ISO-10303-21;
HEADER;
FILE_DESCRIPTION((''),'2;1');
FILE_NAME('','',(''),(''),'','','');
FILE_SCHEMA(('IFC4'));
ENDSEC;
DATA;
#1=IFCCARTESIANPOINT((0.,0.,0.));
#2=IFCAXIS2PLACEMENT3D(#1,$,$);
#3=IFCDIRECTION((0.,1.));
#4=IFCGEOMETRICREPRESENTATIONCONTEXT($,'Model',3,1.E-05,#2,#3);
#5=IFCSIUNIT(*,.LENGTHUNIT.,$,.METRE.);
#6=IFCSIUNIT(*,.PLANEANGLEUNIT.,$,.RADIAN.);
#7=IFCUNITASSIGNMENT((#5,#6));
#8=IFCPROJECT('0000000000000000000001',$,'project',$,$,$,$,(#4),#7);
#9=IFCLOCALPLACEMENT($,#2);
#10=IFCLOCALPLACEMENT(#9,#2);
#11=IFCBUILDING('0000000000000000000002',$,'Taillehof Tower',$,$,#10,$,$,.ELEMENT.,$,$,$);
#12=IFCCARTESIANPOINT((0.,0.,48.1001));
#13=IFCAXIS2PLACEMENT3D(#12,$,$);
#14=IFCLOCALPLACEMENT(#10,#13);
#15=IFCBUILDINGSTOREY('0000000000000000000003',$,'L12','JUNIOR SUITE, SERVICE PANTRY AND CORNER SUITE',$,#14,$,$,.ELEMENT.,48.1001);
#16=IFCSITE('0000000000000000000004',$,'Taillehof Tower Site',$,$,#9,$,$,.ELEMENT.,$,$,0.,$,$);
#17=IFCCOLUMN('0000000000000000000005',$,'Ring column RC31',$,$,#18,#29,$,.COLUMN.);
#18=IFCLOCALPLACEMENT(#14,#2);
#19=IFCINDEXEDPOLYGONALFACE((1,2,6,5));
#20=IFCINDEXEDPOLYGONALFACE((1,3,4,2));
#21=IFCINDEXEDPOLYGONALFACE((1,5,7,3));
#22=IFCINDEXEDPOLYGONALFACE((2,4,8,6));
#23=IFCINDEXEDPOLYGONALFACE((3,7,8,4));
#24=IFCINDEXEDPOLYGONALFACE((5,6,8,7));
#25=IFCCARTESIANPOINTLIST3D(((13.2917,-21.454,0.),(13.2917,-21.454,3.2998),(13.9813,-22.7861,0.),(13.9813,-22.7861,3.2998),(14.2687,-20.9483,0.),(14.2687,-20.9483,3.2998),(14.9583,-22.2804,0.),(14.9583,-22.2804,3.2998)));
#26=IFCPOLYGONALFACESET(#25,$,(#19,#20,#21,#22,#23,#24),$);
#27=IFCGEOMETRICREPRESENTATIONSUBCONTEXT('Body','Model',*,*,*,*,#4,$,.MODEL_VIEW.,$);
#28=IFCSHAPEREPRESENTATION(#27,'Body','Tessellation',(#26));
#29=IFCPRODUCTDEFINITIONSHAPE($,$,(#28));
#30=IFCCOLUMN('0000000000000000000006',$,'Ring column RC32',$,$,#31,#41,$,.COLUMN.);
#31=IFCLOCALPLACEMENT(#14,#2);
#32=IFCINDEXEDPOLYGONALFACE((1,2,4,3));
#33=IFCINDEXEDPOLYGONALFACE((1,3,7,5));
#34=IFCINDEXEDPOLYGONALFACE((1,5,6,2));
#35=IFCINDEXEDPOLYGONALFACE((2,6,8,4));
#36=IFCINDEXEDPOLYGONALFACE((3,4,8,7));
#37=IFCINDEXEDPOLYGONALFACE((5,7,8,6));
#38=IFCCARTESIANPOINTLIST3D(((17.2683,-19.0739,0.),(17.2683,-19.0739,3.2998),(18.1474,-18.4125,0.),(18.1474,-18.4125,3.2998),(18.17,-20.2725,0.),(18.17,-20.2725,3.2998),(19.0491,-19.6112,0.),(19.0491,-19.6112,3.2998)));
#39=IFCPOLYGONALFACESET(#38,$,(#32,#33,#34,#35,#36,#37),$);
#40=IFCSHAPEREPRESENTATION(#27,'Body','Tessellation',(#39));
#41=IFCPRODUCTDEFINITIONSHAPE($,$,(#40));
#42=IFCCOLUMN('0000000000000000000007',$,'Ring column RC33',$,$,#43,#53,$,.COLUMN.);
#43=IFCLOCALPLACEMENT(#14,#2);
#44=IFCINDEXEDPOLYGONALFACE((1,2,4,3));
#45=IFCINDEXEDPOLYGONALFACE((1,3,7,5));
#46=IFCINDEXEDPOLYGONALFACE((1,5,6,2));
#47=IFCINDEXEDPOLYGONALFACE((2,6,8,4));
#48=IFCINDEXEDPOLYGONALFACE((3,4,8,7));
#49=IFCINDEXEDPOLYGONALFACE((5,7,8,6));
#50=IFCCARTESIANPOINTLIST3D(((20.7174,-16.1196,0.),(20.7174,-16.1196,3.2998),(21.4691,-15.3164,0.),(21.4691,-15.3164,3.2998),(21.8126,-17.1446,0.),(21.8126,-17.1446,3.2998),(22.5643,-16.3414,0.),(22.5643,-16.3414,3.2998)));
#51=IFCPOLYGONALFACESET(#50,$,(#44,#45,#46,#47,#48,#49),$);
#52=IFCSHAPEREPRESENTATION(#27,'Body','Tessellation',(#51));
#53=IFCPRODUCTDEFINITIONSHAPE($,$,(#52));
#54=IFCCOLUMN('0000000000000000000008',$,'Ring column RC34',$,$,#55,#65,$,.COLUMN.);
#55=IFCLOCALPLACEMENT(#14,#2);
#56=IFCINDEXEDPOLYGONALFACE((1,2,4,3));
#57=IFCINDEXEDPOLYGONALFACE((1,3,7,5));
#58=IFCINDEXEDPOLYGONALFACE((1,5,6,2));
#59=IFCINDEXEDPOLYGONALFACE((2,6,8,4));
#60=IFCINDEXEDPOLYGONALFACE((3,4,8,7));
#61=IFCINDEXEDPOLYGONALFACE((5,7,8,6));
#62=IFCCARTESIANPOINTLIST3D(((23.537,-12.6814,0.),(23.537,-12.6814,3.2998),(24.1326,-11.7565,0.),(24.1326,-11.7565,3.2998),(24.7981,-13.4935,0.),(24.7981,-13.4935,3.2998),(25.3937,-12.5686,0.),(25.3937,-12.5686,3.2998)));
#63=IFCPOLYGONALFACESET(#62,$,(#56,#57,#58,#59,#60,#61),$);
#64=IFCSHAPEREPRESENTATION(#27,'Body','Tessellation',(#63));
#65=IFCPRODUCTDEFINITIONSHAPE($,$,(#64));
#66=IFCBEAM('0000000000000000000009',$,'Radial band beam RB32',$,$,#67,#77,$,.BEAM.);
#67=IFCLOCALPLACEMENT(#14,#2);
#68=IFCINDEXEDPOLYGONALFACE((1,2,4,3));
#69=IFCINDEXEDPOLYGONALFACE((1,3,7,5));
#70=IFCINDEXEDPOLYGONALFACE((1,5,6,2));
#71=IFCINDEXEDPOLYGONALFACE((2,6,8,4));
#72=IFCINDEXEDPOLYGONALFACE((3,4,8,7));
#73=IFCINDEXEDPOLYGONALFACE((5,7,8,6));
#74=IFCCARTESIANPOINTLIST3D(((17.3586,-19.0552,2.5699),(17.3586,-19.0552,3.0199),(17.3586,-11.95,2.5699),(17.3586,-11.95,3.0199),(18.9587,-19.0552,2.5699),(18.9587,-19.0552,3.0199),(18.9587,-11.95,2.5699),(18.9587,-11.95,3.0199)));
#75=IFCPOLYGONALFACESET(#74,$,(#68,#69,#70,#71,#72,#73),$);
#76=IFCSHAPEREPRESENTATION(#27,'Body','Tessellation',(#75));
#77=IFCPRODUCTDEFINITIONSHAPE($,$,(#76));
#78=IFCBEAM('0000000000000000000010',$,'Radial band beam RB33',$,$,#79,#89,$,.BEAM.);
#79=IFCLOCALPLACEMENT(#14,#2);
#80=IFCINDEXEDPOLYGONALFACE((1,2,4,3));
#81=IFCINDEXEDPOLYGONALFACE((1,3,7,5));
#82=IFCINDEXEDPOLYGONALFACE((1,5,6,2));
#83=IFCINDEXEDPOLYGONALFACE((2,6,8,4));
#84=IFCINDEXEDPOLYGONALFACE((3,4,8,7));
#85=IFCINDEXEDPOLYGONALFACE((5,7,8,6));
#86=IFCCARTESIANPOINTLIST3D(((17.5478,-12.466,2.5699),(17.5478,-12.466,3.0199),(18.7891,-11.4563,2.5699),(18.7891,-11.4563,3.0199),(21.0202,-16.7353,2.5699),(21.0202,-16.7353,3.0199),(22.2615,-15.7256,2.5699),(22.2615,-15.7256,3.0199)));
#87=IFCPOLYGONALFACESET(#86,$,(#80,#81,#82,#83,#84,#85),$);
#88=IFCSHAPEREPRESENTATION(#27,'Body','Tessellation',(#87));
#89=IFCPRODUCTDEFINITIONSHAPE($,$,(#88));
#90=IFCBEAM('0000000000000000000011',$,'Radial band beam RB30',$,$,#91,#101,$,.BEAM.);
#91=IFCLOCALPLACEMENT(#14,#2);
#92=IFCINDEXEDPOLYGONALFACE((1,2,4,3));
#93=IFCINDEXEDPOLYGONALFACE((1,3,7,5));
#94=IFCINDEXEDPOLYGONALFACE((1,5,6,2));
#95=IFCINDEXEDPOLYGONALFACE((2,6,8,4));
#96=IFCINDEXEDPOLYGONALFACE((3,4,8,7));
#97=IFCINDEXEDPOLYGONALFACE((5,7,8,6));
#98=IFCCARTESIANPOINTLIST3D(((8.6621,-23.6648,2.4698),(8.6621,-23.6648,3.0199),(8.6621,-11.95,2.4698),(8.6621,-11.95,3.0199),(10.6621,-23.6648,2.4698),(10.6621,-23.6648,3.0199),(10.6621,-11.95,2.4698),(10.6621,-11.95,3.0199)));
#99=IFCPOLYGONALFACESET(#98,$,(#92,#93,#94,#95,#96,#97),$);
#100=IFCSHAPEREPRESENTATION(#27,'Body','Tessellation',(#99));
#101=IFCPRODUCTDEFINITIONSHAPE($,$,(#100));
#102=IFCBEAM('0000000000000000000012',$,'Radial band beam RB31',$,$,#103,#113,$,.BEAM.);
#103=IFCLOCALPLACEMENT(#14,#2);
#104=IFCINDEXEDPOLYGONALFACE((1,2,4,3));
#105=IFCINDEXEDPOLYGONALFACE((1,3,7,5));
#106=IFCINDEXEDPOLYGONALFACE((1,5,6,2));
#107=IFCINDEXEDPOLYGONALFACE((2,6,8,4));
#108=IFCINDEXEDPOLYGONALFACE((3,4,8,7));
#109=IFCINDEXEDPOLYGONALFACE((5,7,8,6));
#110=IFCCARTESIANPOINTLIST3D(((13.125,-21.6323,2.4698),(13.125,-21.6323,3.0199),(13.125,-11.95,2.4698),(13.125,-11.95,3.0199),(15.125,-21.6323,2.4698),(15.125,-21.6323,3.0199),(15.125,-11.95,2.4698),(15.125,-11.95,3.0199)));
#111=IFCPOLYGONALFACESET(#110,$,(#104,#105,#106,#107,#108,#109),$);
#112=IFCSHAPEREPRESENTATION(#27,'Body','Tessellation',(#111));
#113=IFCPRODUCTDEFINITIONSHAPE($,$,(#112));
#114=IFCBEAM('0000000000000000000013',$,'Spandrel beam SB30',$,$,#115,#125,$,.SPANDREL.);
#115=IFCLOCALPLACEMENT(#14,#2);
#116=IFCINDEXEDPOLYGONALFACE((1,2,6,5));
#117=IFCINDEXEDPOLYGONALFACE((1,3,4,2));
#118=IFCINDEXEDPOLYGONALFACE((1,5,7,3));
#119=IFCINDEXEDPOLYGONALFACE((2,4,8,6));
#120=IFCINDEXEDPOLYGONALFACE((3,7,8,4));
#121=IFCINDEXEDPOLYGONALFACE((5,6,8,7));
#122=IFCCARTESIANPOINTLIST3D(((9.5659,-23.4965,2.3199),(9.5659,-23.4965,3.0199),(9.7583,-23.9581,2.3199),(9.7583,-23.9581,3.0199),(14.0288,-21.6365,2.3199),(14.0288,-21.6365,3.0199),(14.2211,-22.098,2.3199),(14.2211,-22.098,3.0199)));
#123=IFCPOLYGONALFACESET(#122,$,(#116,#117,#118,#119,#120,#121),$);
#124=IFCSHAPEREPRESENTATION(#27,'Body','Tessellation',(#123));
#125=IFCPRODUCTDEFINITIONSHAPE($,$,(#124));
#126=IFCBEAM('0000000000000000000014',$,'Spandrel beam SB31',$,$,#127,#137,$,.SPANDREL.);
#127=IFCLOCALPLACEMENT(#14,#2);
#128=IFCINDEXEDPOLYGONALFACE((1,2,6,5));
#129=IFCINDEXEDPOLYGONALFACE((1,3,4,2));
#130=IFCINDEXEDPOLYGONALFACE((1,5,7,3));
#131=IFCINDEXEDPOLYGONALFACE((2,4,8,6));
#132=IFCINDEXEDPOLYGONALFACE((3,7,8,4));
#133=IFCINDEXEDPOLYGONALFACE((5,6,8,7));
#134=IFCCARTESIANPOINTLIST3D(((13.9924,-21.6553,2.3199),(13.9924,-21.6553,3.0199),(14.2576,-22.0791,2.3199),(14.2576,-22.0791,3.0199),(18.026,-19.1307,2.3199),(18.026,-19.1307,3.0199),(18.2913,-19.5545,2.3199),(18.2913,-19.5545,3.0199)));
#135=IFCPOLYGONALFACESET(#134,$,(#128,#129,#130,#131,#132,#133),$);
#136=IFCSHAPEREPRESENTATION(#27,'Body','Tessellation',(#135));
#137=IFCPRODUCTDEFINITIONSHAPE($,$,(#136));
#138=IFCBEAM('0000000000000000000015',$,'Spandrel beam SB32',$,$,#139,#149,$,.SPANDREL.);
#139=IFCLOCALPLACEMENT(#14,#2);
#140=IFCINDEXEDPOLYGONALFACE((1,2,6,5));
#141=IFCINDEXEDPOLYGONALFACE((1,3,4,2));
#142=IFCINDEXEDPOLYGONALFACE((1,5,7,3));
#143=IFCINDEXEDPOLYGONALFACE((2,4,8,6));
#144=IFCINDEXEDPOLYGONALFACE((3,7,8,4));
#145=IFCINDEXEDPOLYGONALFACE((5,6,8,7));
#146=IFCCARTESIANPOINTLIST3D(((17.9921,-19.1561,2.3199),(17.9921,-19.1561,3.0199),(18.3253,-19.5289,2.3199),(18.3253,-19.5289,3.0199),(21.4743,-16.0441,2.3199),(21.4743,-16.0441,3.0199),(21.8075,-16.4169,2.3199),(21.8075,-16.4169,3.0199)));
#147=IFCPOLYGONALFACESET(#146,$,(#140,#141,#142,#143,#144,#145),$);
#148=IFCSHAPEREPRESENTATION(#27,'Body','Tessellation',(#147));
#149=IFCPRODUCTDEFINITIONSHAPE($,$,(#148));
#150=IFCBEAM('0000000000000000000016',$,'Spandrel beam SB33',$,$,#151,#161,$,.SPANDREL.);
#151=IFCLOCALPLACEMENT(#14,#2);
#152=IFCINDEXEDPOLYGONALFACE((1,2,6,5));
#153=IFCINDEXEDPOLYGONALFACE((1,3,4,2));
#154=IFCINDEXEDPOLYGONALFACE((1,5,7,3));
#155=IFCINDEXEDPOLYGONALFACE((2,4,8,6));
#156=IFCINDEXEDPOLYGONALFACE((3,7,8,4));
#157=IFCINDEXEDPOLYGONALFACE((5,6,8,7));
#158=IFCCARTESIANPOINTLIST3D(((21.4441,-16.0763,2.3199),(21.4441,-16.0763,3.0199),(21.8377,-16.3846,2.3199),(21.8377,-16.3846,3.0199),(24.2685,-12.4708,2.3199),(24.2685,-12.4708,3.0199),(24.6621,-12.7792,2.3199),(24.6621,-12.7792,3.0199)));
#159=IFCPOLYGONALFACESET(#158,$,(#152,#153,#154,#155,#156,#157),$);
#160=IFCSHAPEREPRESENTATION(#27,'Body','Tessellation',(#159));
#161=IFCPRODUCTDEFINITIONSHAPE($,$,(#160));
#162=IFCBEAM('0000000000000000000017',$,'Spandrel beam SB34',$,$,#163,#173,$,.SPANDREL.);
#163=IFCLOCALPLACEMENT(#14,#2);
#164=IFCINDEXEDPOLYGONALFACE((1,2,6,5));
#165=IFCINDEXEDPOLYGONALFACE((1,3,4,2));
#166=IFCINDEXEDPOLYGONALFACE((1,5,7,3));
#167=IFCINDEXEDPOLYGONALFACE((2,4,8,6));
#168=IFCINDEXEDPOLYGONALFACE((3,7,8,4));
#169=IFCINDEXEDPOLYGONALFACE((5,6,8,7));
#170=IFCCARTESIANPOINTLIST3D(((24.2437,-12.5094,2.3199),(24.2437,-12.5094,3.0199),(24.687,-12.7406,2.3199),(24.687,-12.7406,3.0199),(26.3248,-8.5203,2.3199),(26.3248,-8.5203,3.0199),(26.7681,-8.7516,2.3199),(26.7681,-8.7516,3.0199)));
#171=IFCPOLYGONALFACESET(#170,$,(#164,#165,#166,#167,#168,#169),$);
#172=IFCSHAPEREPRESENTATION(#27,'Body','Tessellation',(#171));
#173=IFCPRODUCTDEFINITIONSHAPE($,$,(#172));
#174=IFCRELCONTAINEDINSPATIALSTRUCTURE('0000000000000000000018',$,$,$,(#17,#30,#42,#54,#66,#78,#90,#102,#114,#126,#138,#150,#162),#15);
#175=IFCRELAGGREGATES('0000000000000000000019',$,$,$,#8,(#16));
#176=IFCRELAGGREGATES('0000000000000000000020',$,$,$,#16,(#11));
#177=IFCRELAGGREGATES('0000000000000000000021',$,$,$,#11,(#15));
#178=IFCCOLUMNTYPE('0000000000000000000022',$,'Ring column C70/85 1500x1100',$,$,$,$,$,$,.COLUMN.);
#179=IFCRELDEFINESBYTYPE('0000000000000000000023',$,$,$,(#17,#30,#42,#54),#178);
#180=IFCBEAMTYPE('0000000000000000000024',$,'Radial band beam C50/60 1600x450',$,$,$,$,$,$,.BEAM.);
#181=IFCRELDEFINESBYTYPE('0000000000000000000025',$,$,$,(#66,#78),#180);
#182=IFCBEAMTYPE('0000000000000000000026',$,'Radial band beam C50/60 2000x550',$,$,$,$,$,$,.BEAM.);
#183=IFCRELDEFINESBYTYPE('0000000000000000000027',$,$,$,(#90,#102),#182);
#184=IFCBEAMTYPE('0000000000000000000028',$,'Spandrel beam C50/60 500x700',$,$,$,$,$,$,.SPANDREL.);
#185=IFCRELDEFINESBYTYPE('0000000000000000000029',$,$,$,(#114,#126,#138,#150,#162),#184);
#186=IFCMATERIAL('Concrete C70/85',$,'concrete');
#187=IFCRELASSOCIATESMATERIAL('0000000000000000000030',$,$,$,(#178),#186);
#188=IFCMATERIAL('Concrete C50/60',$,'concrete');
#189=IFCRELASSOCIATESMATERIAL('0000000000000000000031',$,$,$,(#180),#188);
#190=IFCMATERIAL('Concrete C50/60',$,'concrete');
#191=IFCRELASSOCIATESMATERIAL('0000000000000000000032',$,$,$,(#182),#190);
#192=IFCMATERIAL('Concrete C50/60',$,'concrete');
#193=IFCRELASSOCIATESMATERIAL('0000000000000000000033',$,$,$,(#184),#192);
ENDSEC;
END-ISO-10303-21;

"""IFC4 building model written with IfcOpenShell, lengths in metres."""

from ifc_helpers import new_model, si_unit, direction, frame, origin, origin_2d, place, context, subcontext, project, spatial, rectangle, extrude, material, material_profile, profile_set, type_object, element, save


model = new_model("IFC4")

# Units and contexts
model_context = context("Model", 3, precision=1e-05, world=origin(), true_north=direction((0.0, 1.0)))
body_context = subcontext(model_context, "Body", "Model", "MODEL_VIEW")
ifc_project = project(units=[si_unit("LENGTHUNIT", "METRE"), si_unit("PLANEANGLEUNIT", "RADIAN")], contexts=[model_context])

# Site, building, storey
site_placement = place(None, origin())
site = spatial("IfcSite", under=ifc_project, at=site_placement, Name="Taillehof Tower Site", CompositionType="ELEMENT", RefElevation=0.0)
building_placement = place(site_placement, origin())
building = spatial("IfcBuilding", under=site, at=building_placement, Name="Taillehof Tower", CompositionType="ELEMENT")
storey_placement = place(building_placement, frame((0.0, 0.0, 48.1001)))
storey = spatial("IfcBuildingStorey", under=building, at=storey_placement, Name="L12", Description="JUNIOR SUITE, SERVICE PANTRY AND CORNER SUITE", CompositionType="ELEMENT", Elevation=48.1001)

# Columns
ifc_material_1 = material(Name="Concrete C70/85", Category="concrete")
ifc_material_profile_1 = material_profile(ifc_material_1, rectangle(XDim=1.5, YDim=1.1001, at=origin_2d()), Name="RC 1500x1100")
ifc_profile_set_1 = profile_set([ifc_material_profile_1], Name="Concrete C70/85")
column_type = type_object("IfcColumnType", Name="Ring column C70/85 1500x1100", PredefinedType="COLUMN", material=ifc_profile_set_1)
for number, where, z_axis, x_axis, name in (
    (1, (14.125, -21.8672, 0.0), (0.0, 0.0, 1.0), (0.459691, -0.888079, 0.0), "Ring column RC31"),
    (2, (18.1587, -19.3425, 0.0), (0.0, 0.0, 1.0), (0.601174, -0.799118, 0.0), "Ring column RC32"),
    (3, (21.6409, -16.2305, 0.0), (0.0, 0.0, 1.0), (0.730113, -0.683326, 0.0), "Ring column RC33"),
    (4, (24.4653, -12.625, 0.0), (0.0, 0.0, 1.0), (0.840754, -0.541418, 0.0), "Ring column RC34"),
):
    element("IfcColumn", number, at=place(storey_placement, frame(where, z_axis=z_axis, x_axis=x_axis)), inside=storey, type_object=column_type, Name=name, PredefinedType="COLUMN", context=body_context, shape_type="SweptSolid", body=[
        extrude(rectangle(XDim=1.5, YDim=1.1001, at=origin_2d()), origin(), (0.0, 0.0, 1.0), 3.2998),
    ])

# Beams
ifc_material_2 = material(Name="Concrete C50/60", Category="concrete")
ifc_material_profile_2 = material_profile(ifc_material_2, rectangle(XDim=1.6001, YDim=0.45, at=origin_2d()), Name="RC 1600x450")
ifc_profile_set_2 = profile_set([ifc_material_profile_2], Name="Concrete C50/60")
beam_type_1 = type_object("IfcBeamType", Name="Radial band beam C50/60 1600x450", PredefinedType="BEAM", material=ifc_profile_set_2)
beam_1_placement = place(storey_placement, frame((18.1587, -19.0552, 2.7949), z_axis=(0.0, 1.0, 0.0), x_axis=(-1.0, 0.0, 0.0)))
element("IfcBeam", 5, at=beam_1_placement, inside=storey, type_object=beam_type_1, Name="Radial band beam RB32", PredefinedType="BEAM", context=body_context, shape_type="SweptSolid", body=[
    extrude(rectangle(XDim=1.6001, YDim=0.45, at=origin_2d()), origin(), (0.0, 0.0, 1.0), 7.1052),
])
beam_2_placement = place(storey_placement, frame((21.6409, -16.2305, 2.7949), z_axis=(-0.630988, 0.775792, 0.0), x_axis=(-0.775792, -0.630988, 0.0)))
element("IfcBeam", 6, at=beam_2_placement, inside=storey, type_object=beam_type_1, Name="Radial band beam RB33", PredefinedType="BEAM", context=body_context, shape_type="SweptSolid", body=[
    extrude(rectangle(XDim=1.6001, YDim=0.45, at=origin_2d()), origin(), (0.0, 0.0, 1.0), 5.5032),
])
ifc_material_3 = material(Name="Concrete C50/60", Category="concrete")
ifc_material_profile_3 = material_profile(ifc_material_3, rectangle(XDim=2.0, YDim=0.55, at=origin_2d()), Name="RC 2000x550")
ifc_profile_set_3 = profile_set([ifc_material_profile_3], Name="Concrete C50/60")
beam_type_2 = type_object("IfcBeamType", Name="Radial band beam C50/60 2000x550", PredefinedType="BEAM", material=ifc_profile_set_3)
beam_3_placement = place(storey_placement, frame((9.6621, -23.6648, 2.7449), z_axis=(0.0, 1.0, 0.0), x_axis=(-1.0, 0.0, 0.0)))
element("IfcBeam", 7, at=beam_3_placement, inside=storey, type_object=beam_type_2, Name="Radial band beam RB30", PredefinedType="BEAM", context=body_context, shape_type="SweptSolid", body=[
    extrude(rectangle(XDim=2.0, YDim=0.55, at=origin_2d()), origin(), (0.0, 0.0, 1.0), 11.7148),
])
beam_4_placement = place(storey_placement, frame((14.125, -21.6323, 2.7449), z_axis=(0.0, 1.0, 0.0), x_axis=(-1.0, 0.0, 0.0)))
element("IfcBeam", 8, at=beam_4_placement, inside=storey, type_object=beam_type_2, Name="Radial band beam RB31", PredefinedType="BEAM", context=body_context, shape_type="SweptSolid", body=[
    extrude(rectangle(XDim=2.0, YDim=0.55, at=origin_2d()), origin(), (0.0, 0.0, 1.0), 9.6824),
])
ifc_material_4 = material(Name="Concrete C50/60", Category="concrete")
ifc_material_profile_4 = material_profile(ifc_material_4, rectangle(XDim=0.5, YDim=0.7, at=origin_2d()), Name="RC 500x700")
ifc_profile_set_4 = profile_set([ifc_material_profile_4], Name="Concrete C50/60")
beam_type_3 = type_object("IfcBeamType", Name="Spandrel beam C50/60 500x700", PredefinedType="SPANDREL", material=ifc_profile_set_4)
beam_5_placement = place(storey_placement, frame((9.6621, -23.7273, 2.6699), z_axis=(0.923035, 0.384716, 0.0), x_axis=(-0.384716, 0.923035, 0.0)))
element("IfcBeam", 9, at=beam_5_placement, inside=storey, type_object=beam_type_3, Name="Spandrel beam SB30", PredefinedType="SPANDREL", context=body_context, shape_type="SweptSolid", body=[
    extrude(rectangle(XDim=0.5, YDim=0.7, at=origin_2d()), origin(), (0.0, 0.0, 1.0), 4.835),
])
beam_6_placement = place(storey_placement, frame((14.125, -21.8672, 2.6699), z_axis=(0.847658, 0.530543, 0.0), x_axis=(-0.530543, 0.847658, 0.0)))
element("IfcBeam", 10, at=beam_6_placement, inside=storey, type_object=beam_type_3, Name="Spandrel beam SB31", PredefinedType="SPANDREL", context=body_context, shape_type="SweptSolid", body=[
    extrude(rectangle(XDim=0.5, YDim=0.7, at=origin_2d()), origin(), (0.0, 0.0, 1.0), 4.7585),
])
beam_7_placement = place(storey_placement, frame((18.1587, -19.3425, 2.6699), z_axis=(0.745621, 0.66637, 0.0), x_axis=(-0.66637, 0.745621, 0.0)))
element("IfcBeam", 11, at=beam_7_placement, inside=storey, type_object=beam_type_3, Name="Spandrel beam SB32", PredefinedType="SPANDREL", context=body_context, shape_type="SweptSolid", body=[
    extrude(rectangle(XDim=0.5, YDim=0.7, at=origin_2d()), origin(), (0.0, 0.0, 1.0), 4.6702),
])
beam_8_placement = place(storey_placement, frame((21.6409, -16.2305, 2.6699), z_axis=(0.616686, 0.787209, 0.0), x_axis=(-0.787209, 0.616686, 0.0)))
element("IfcBeam", 12, at=beam_8_placement, inside=storey, type_object=beam_type_3, Name="Spandrel beam SB33", PredefinedType="SPANDREL", context=body_context, shape_type="SweptSolid", body=[
    extrude(rectangle(XDim=0.5, YDim=0.7, at=origin_2d()), origin(), (0.0, 0.0, 1.0), 4.5801),
])
beam_9_placement = place(storey_placement, frame((24.4653, -12.625, 2.6699), z_axis=(0.462536, 0.8866, 0.0), x_axis=(-0.8866, 0.462536, 0.0)))
element("IfcBeam", 13, at=beam_9_placement, inside=storey, type_object=beam_type_3, Name="Spandrel beam SB34", PredefinedType="SPANDREL", context=body_context, shape_type="SweptSolid", body=[
    extrude(rectangle(XDim=0.5, YDim=0.7, at=origin_2d()), origin(), (0.0, 0.0, 1.0), 4.4993),
])

save(model, "model.ifc")
